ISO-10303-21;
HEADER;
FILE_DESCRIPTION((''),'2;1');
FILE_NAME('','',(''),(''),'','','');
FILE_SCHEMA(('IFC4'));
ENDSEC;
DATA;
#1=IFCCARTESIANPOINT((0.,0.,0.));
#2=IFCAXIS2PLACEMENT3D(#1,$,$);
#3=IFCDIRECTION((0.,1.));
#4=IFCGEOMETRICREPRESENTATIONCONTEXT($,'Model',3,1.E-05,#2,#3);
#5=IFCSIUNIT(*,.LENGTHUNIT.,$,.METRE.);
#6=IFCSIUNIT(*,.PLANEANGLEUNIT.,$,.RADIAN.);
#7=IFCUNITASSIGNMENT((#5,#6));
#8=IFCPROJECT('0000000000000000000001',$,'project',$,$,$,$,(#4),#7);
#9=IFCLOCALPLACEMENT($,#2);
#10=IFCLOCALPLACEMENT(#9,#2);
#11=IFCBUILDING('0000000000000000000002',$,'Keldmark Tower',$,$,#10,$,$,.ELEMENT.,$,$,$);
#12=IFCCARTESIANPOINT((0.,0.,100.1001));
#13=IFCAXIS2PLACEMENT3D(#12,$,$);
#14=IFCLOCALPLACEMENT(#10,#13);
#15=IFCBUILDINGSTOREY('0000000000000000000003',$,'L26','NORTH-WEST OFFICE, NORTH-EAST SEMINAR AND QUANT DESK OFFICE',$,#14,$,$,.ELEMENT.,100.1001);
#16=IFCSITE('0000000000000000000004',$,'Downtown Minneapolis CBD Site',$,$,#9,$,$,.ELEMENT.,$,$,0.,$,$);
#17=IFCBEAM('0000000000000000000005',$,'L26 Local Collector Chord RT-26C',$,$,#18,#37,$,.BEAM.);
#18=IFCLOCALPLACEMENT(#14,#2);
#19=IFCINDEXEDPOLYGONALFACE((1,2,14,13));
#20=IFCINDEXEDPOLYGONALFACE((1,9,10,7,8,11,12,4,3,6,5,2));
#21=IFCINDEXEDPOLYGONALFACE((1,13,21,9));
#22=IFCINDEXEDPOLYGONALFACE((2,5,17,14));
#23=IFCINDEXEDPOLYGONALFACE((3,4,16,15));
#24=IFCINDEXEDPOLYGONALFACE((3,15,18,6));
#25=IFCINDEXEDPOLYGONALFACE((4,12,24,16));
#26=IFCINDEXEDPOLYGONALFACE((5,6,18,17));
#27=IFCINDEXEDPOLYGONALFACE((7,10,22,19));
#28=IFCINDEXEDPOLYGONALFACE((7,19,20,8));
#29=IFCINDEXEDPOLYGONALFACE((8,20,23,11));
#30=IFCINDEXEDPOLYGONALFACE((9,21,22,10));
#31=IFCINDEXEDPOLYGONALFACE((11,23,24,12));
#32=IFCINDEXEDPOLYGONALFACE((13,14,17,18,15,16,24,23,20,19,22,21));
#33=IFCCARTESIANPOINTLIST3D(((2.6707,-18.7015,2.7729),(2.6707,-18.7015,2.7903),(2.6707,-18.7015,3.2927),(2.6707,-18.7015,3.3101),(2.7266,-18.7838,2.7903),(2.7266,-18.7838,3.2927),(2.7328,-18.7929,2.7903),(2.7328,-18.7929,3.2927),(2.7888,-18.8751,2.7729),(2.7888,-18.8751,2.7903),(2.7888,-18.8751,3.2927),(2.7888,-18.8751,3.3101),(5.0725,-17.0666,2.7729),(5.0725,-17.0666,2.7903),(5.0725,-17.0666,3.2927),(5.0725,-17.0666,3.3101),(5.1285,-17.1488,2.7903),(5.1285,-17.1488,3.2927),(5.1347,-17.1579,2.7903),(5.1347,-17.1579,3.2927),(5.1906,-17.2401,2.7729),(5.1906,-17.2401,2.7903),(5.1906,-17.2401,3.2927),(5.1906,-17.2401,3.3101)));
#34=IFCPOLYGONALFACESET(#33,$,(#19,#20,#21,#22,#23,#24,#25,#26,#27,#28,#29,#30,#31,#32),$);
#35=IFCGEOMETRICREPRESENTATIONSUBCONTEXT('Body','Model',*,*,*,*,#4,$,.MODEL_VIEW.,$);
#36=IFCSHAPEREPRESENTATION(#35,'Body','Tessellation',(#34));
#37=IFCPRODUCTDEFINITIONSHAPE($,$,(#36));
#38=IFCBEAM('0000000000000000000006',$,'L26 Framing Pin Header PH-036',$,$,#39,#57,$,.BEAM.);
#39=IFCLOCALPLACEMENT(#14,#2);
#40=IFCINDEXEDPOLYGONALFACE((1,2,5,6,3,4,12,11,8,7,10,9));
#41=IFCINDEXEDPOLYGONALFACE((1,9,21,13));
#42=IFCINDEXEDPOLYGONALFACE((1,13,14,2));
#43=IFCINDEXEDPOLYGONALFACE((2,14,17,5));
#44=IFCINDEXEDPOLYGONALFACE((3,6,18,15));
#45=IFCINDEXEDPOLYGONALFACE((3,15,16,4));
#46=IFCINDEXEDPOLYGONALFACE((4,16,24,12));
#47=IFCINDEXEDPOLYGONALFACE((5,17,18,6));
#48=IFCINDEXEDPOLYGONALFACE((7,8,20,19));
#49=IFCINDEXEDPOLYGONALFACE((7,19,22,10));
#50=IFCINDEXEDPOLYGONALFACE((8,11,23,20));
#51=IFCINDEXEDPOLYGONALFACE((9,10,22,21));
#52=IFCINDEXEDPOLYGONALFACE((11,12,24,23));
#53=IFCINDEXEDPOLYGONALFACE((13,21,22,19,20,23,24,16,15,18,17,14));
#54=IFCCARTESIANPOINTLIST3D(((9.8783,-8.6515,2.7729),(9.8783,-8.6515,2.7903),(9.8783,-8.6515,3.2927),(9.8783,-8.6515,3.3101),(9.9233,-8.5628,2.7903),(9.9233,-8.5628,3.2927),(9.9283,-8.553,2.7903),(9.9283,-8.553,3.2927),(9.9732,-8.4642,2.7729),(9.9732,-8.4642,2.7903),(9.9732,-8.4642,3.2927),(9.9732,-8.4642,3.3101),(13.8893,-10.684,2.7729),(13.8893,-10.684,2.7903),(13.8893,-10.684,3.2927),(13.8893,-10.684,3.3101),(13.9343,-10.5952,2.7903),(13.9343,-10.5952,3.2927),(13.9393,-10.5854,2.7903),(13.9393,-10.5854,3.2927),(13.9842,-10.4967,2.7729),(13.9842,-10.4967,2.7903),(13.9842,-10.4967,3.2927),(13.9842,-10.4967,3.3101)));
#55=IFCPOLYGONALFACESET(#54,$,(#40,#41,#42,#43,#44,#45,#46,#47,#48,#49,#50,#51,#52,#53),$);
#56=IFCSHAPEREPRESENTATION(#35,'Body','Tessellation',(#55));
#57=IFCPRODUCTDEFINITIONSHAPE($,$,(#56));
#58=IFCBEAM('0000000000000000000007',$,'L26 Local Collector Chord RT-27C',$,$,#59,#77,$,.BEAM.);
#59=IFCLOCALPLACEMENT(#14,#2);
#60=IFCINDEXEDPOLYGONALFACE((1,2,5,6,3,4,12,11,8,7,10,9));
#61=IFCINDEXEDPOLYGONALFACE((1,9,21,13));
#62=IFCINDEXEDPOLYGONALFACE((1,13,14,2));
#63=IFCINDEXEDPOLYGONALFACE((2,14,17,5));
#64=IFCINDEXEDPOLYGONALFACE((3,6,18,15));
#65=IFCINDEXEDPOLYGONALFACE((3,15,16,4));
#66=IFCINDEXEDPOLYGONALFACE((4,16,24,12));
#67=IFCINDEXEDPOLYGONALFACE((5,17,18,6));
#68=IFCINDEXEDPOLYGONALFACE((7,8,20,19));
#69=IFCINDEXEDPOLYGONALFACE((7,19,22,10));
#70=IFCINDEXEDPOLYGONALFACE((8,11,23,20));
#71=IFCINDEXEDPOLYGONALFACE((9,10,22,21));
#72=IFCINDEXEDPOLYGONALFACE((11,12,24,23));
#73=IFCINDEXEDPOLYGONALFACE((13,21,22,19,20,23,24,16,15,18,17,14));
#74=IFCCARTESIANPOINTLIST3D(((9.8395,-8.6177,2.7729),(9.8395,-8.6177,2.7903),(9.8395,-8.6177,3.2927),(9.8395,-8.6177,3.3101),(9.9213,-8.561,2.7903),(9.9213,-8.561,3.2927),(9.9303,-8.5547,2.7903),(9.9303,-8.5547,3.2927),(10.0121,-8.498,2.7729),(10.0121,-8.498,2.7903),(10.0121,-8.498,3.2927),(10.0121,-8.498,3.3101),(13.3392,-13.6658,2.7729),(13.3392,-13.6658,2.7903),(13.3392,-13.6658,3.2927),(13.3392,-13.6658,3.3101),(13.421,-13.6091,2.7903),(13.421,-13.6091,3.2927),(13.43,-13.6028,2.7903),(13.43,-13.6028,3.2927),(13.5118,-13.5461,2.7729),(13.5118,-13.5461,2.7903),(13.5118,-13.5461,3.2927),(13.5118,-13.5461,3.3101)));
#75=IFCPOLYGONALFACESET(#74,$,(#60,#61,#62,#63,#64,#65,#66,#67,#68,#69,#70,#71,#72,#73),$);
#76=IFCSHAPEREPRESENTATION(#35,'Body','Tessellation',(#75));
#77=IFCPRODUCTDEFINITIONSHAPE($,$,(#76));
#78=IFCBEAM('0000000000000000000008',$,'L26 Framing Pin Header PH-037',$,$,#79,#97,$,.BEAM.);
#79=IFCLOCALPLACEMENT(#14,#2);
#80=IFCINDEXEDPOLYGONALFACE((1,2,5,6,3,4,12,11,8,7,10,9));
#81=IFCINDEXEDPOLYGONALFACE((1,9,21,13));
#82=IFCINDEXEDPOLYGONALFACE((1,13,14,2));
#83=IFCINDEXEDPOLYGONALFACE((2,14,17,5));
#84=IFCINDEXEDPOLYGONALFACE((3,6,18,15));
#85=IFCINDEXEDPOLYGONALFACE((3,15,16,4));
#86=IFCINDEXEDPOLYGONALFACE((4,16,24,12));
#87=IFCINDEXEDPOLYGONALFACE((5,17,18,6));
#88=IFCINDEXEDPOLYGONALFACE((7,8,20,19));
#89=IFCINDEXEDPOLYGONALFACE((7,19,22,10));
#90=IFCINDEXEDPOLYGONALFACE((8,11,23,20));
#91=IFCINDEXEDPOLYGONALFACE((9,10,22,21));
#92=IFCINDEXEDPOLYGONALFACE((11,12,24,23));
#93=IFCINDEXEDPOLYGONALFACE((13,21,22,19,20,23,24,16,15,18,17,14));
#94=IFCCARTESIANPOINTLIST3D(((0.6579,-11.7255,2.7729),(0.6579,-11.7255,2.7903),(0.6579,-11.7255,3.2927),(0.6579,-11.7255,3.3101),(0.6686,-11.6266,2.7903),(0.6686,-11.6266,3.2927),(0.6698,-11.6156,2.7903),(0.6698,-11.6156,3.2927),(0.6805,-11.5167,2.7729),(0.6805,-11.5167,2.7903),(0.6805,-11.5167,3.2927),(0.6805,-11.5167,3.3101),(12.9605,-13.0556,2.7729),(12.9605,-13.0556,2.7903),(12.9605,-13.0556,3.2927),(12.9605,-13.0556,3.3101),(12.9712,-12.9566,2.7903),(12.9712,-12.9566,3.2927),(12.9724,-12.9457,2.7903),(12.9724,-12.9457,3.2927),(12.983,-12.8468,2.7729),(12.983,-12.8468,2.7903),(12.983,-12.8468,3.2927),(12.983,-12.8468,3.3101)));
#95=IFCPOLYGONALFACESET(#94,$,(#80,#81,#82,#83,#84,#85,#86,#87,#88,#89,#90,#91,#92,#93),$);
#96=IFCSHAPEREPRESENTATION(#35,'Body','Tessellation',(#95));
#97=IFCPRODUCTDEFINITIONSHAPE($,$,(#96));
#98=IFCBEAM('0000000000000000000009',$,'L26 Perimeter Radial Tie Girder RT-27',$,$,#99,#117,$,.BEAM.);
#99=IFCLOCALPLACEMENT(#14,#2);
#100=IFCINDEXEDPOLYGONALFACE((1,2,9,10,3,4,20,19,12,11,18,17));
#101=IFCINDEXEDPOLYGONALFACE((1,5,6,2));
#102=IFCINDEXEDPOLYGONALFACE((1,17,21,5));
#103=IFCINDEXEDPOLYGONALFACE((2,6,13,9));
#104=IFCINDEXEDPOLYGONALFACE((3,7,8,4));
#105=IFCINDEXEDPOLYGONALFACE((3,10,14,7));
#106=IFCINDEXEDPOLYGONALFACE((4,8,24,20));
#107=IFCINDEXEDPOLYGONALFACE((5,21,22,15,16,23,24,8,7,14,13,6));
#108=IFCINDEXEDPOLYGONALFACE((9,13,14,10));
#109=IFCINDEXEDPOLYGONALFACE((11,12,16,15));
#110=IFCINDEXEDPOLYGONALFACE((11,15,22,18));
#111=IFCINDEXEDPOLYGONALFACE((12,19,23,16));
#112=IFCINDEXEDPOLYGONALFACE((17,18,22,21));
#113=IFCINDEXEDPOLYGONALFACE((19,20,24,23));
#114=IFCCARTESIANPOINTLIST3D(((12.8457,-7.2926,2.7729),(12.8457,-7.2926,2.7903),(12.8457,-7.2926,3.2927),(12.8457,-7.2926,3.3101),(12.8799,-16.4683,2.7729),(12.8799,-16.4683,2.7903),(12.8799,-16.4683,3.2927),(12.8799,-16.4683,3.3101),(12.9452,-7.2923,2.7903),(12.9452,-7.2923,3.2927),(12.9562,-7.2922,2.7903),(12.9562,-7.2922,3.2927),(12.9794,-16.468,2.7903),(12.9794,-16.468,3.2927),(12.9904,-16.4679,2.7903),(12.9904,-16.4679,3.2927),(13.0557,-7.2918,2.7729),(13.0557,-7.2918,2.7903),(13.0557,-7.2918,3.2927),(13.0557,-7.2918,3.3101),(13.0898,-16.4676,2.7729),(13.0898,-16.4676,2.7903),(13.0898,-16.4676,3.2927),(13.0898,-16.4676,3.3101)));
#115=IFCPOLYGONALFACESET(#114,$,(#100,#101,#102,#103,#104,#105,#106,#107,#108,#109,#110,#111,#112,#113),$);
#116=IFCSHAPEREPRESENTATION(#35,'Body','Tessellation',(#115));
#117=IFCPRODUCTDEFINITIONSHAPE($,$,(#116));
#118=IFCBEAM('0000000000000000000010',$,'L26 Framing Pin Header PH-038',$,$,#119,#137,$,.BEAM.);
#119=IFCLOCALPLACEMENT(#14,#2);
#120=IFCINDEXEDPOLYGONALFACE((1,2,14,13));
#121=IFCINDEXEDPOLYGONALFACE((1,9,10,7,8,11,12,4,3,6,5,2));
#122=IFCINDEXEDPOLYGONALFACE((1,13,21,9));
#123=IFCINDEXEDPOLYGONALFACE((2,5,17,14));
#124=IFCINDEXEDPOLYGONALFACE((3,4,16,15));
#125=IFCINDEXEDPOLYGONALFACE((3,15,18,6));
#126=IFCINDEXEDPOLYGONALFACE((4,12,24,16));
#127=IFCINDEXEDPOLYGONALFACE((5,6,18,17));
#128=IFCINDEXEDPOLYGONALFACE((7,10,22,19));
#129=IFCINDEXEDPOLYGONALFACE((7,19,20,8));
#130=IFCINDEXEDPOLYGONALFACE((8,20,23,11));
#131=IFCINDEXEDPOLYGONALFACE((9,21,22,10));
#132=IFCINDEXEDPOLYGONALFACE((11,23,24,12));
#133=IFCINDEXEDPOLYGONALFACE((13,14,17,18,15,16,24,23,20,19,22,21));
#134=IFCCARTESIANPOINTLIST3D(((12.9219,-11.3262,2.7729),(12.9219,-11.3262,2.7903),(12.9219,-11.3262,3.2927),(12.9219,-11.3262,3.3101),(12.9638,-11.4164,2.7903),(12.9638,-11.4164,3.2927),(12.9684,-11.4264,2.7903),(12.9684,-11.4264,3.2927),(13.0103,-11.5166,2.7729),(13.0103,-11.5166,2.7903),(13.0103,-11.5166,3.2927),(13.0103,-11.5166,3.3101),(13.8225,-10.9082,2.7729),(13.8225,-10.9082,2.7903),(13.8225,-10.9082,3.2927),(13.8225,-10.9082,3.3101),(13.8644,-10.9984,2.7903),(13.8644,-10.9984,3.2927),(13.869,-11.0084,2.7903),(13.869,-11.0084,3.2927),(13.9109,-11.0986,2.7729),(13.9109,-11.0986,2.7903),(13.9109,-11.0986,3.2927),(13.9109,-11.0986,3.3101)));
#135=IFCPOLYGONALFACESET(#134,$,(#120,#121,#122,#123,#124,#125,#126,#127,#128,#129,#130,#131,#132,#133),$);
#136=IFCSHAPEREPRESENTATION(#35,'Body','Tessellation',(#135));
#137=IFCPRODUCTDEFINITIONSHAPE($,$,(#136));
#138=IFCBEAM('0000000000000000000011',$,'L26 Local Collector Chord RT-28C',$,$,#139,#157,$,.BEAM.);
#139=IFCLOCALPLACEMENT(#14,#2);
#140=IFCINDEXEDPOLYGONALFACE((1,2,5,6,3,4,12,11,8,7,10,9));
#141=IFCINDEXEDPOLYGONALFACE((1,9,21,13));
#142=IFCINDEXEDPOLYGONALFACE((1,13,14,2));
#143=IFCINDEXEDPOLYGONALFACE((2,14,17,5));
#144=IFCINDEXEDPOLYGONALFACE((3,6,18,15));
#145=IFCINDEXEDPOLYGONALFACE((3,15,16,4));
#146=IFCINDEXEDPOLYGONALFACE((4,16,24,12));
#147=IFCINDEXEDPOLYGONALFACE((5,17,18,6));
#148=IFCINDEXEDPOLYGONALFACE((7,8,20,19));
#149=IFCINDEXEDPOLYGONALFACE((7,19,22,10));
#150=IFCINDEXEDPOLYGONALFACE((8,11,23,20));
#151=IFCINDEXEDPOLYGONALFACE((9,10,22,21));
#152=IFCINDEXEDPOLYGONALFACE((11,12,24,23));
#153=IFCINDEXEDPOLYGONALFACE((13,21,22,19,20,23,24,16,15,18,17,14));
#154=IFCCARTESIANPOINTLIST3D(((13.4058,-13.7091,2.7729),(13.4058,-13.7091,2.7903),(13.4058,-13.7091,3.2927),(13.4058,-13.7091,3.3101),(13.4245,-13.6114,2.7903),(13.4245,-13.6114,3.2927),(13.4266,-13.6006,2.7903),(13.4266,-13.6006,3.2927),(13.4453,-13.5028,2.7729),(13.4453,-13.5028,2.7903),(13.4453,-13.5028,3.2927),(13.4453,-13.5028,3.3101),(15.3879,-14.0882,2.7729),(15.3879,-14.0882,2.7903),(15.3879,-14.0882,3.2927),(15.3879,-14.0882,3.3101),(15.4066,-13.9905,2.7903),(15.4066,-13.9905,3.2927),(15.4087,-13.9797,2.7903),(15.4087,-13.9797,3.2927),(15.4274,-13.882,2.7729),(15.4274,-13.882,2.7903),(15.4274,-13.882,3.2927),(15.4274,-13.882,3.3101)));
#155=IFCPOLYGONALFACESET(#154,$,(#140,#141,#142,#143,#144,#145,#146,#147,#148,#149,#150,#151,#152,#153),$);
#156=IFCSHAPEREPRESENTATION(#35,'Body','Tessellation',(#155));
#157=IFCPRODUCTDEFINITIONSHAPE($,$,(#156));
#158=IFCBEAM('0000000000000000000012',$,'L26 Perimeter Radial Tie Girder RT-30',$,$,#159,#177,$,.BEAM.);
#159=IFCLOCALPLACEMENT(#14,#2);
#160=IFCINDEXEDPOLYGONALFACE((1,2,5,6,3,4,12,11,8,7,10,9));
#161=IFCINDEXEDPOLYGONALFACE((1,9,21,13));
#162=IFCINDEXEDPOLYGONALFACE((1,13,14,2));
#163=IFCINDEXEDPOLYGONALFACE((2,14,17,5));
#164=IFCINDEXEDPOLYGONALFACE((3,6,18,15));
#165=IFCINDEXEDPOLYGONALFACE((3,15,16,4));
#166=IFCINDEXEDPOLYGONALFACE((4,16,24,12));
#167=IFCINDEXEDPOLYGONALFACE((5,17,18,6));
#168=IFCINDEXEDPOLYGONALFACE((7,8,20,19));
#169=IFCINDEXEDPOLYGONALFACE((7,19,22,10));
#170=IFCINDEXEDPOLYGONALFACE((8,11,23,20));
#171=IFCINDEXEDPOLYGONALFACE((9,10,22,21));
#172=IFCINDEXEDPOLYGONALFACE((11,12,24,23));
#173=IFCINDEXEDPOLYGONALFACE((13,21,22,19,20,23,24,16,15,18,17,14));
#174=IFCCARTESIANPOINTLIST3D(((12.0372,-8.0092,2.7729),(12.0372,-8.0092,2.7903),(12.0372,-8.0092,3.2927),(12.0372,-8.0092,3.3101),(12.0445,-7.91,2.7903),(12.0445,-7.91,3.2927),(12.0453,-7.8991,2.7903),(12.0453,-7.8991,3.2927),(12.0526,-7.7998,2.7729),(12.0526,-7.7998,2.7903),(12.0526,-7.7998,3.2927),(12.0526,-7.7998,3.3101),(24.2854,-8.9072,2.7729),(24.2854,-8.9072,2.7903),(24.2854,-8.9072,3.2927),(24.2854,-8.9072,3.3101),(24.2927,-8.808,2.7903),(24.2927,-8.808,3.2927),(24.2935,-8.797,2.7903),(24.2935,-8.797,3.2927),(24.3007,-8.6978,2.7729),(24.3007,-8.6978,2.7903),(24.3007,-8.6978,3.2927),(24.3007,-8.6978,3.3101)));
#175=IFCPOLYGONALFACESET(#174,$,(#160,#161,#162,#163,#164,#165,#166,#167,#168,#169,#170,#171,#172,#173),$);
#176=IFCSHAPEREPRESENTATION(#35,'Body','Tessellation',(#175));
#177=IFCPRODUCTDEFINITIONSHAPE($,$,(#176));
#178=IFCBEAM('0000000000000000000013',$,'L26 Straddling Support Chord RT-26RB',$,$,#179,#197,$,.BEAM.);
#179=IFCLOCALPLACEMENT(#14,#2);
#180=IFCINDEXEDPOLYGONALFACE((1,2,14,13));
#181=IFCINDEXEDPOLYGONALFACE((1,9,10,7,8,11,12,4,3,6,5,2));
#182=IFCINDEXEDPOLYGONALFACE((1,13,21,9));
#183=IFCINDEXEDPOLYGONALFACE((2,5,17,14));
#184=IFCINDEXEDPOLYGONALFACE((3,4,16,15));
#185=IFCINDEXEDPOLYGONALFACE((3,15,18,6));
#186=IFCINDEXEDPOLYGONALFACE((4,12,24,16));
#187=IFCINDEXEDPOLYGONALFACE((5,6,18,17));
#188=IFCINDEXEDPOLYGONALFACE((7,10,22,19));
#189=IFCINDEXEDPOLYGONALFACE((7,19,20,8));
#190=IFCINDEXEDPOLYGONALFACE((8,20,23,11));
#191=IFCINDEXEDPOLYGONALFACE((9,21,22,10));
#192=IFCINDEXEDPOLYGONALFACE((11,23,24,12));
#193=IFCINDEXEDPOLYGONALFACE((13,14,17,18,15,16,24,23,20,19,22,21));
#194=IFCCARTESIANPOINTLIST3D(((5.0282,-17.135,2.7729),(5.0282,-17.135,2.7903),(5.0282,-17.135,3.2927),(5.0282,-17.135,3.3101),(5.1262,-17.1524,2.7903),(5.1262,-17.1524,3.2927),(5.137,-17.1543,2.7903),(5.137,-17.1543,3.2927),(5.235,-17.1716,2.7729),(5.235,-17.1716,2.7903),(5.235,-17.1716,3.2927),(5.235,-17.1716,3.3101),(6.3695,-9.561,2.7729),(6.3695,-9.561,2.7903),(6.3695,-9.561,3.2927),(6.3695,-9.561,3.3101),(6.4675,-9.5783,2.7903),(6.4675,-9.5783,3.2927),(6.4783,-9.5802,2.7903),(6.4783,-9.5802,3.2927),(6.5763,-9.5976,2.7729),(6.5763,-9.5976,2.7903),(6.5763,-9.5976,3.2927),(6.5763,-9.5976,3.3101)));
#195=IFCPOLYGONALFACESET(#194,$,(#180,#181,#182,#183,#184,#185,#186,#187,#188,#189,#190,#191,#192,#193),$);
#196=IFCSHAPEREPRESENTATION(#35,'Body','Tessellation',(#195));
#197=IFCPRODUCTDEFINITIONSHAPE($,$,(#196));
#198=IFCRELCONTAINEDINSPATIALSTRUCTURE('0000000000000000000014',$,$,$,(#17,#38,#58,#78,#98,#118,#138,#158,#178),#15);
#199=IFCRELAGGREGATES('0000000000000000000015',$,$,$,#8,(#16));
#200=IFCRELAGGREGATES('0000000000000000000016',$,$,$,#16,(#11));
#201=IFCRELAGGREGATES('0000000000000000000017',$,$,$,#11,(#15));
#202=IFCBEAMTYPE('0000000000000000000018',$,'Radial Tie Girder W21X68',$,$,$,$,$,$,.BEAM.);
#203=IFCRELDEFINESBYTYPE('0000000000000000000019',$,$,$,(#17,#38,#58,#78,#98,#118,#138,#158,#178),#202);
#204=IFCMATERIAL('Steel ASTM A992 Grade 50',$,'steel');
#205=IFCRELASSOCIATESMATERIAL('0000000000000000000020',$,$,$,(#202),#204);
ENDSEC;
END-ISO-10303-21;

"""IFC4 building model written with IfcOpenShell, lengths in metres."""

from ifc_helpers import new_model, si_unit, direction, frame, origin, origin_2d, place, context, subcontext, project, spatial, i_section, extrude, material, material_profile, profile_set, type_object, element, save


model = new_model("IFC4")

# Units and contexts
model_context = context("Model", 3, precision=1e-05, world=origin(), true_north=direction((0.0, 1.0)))
body_context = subcontext(model_context, "Body", "Model", "MODEL_VIEW")
ifc_project = project(units=[si_unit("LENGTHUNIT", "METRE"), si_unit("PLANEANGLEUNIT", "RADIAN")], contexts=[model_context])

# Site, building, storey
site_placement = place(None, origin())
site = spatial("IfcSite", under=ifc_project, at=site_placement, Name="Downtown Minneapolis CBD Site", CompositionType="ELEMENT", RefElevation=0.0)
building_placement = place(site_placement, origin())
building = spatial("IfcBuilding", under=site, at=building_placement, Name="Keldmark Tower", CompositionType="ELEMENT")
storey_placement = place(building_placement, frame((0.0, 0.0, 100.1001)))
storey = spatial("IfcBuildingStorey", under=building, at=storey_placement, Name="L26", Description="NORTH-WEST OFFICE, NORTH-EAST SEMINAR AND QUANT DESK OFFICE", CompositionType="ELEMENT", Elevation=100.1001)

# Beams
ifc_material_1 = material(Name="Steel ASTM A992 Grade 50", Category="steel")
ifc_material_profile_1 = material_profile(ifc_material_1, i_section(OverallWidth=0.21, OverallDepth=0.5371, WebThickness=0.011, FlangeThickness=0.0173, at=origin_2d()), Name="W21X68")
ifc_profile_set_1 = profile_set([ifc_material_profile_1], Name="Steel ASTM A992 Grade 50")
beam_type_1 = type_object("IfcBeamType", Name="Radial Tie Girder W21X68", PredefinedType="BEAM", material=ifc_profile_set_1)
beam_1_placement = place(storey_placement, frame((2.7297, -18.7883, 3.0415), z_axis=(0.826647, 0.562721, 0.0), x_axis=(-0.562721, 0.826647, 0.0)))
element("IfcBeam", 1, at=beam_1_placement, inside=storey, type_object=beam_type_1, Name="L26 Local Collector Chord RT-26C", PredefinedType="BEAM", context=body_context, shape_type="SweptSolid", body=[
    extrude(i_section(OverallWidth=0.21, OverallDepth=0.5371, WebThickness=0.011, FlangeThickness=0.0173, at=origin_2d()), origin(), (0.0, 0.0, 1.0), 2.9055),
])
beam_2_placement = place(storey_placement, frame((9.9258, -8.5579, 3.0415), z_axis=(0.892014, -0.452007, 0.0), x_axis=(0.452007, 0.892014, 0.0)))
element("IfcBeam", 2, at=beam_2_placement, inside=storey, type_object=beam_type_1, Name="L26 Framing Pin Header PH-036", PredefinedType="BEAM", context=body_context, shape_type="SweptSolid", body=[
    extrude(i_section(OverallWidth=0.21, OverallDepth=0.5371, WebThickness=0.011, FlangeThickness=0.0173, at=origin_2d()), origin(), (0.0, 0.0, 1.0), 4.4966),
])
beam_3_placement = place(storey_placement, frame((9.9258, -8.5579, 3.0415), z_axis=(0.569751, -0.821817, 0.0), x_axis=(0.821817, 0.569751, 0.0)))
element("IfcBeam", 3, at=beam_3_placement, inside=storey, type_object=beam_type_1, Name="L26 Local Collector Chord RT-27C", PredefinedType="BEAM", context=body_context, shape_type="SweptSolid", body=[
    extrude(i_section(OverallWidth=0.21, OverallDepth=0.5371, WebThickness=0.011, FlangeThickness=0.0173, at=origin_2d()), origin(), (0.0, 0.0, 1.0), 6.1426),
])
beam_4_placement = place(storey_placement, frame((0.6692, -11.6211, 3.0415), z_axis=(0.994206, -0.107488, 0.0), x_axis=(0.107488, 0.994206, 0.0)))
element("IfcBeam", 4, at=beam_4_placement, inside=storey, type_object=beam_type_1, Name="L26 Framing Pin Header PH-037", PredefinedType="BEAM", context=body_context, shape_type="SweptSolid", body=[
    extrude(i_section(OverallWidth=0.21, OverallDepth=0.5371, WebThickness=0.011, FlangeThickness=0.0173, at=origin_2d()), origin(), (0.0, 0.0, 1.0), 12.3743),
])
beam_5_placement = place(storey_placement, frame((12.9507, -7.2922, 3.0415), z_axis=(0.003725, -0.999993, 0.0), x_axis=(0.999993, 0.003725, 0.0)))
element("IfcBeam", 5, at=beam_5_placement, inside=storey, type_object=beam_type_1, Name="L26 Perimeter Radial Tie Girder RT-27", PredefinedType="BEAM", context=body_context, shape_type="SweptSolid", body=[
    extrude(i_section(OverallWidth=0.21, OverallDepth=0.5371, WebThickness=0.011, FlangeThickness=0.0173, at=origin_2d()), origin(), (0.0, 0.0, 1.0), 9.1758),
])
beam_6_placement = place(storey_placement, frame((12.9661, -11.4214, 3.0415), z_axis=(0.907079, 0.42096, 0.0), x_axis=(-0.42096, 0.907079, 0.0)))
element("IfcBeam", 6, at=beam_6_placement, inside=storey, type_object=beam_type_1, Name="L26 Framing Pin Header PH-038", PredefinedType="BEAM", context=body_context, shape_type="SweptSolid", body=[
    extrude(i_section(OverallWidth=0.21, OverallDepth=0.5371, WebThickness=0.011, FlangeThickness=0.0173, at=origin_2d()), origin(), (0.0, 0.0, 1.0), 0.9929),
])
beam_7_placement = place(storey_placement, frame((13.4255, -13.606, 3.0415), z_axis=(0.982193, -0.187874, 0.0), x_axis=(0.187874, 0.982193, 0.0)))
element("IfcBeam", 7, at=beam_7_placement, inside=storey, type_object=beam_type_1, Name="L26 Local Collector Chord RT-28C", PredefinedType="BEAM", context=body_context, shape_type="SweptSolid", body=[
    extrude(i_section(OverallWidth=0.21, OverallDepth=0.5371, WebThickness=0.011, FlangeThickness=0.0173, at=origin_2d()), origin(), (0.0, 0.0, 1.0), 2.0181),
])
beam_8_placement = place(storey_placement, frame((12.0449, -7.9045, 3.0415), z_axis=(0.997323, -0.073117, 0.0), x_axis=(0.073117, 0.997323, 0.0)))
element("IfcBeam", 8, at=beam_8_placement, inside=storey, type_object=beam_type_1, Name="L26 Perimeter Radial Tie Girder RT-30", PredefinedType="BEAM", context=body_context, shape_type="SweptSolid", body=[
    extrude(i_section(OverallWidth=0.21, OverallDepth=0.5371, WebThickness=0.011, FlangeThickness=0.0173, at=origin_2d()), origin(), (0.0, 0.0, 1.0), 12.281),
])
beam_9_placement = place(storey_placement, frame((5.1316, -17.1533, 3.0415), z_axis=(0.174381, 0.984678, 0.0), x_axis=(-0.984678, 0.174381, 0.0)))
element("IfcBeam", 9, at=beam_9_placement, inside=storey, type_object=beam_type_1, Name="L26 Straddling Support Chord RT-26RB", PredefinedType="BEAM", context=body_context, shape_type="SweptSolid", body=[
    extrude(i_section(OverallWidth=0.21, OverallDepth=0.5371, WebThickness=0.011, FlangeThickness=0.0173, at=origin_2d()), origin(), (0.0, 0.0, 1.0), 7.6919),
])

save(model, "model.ifc")
